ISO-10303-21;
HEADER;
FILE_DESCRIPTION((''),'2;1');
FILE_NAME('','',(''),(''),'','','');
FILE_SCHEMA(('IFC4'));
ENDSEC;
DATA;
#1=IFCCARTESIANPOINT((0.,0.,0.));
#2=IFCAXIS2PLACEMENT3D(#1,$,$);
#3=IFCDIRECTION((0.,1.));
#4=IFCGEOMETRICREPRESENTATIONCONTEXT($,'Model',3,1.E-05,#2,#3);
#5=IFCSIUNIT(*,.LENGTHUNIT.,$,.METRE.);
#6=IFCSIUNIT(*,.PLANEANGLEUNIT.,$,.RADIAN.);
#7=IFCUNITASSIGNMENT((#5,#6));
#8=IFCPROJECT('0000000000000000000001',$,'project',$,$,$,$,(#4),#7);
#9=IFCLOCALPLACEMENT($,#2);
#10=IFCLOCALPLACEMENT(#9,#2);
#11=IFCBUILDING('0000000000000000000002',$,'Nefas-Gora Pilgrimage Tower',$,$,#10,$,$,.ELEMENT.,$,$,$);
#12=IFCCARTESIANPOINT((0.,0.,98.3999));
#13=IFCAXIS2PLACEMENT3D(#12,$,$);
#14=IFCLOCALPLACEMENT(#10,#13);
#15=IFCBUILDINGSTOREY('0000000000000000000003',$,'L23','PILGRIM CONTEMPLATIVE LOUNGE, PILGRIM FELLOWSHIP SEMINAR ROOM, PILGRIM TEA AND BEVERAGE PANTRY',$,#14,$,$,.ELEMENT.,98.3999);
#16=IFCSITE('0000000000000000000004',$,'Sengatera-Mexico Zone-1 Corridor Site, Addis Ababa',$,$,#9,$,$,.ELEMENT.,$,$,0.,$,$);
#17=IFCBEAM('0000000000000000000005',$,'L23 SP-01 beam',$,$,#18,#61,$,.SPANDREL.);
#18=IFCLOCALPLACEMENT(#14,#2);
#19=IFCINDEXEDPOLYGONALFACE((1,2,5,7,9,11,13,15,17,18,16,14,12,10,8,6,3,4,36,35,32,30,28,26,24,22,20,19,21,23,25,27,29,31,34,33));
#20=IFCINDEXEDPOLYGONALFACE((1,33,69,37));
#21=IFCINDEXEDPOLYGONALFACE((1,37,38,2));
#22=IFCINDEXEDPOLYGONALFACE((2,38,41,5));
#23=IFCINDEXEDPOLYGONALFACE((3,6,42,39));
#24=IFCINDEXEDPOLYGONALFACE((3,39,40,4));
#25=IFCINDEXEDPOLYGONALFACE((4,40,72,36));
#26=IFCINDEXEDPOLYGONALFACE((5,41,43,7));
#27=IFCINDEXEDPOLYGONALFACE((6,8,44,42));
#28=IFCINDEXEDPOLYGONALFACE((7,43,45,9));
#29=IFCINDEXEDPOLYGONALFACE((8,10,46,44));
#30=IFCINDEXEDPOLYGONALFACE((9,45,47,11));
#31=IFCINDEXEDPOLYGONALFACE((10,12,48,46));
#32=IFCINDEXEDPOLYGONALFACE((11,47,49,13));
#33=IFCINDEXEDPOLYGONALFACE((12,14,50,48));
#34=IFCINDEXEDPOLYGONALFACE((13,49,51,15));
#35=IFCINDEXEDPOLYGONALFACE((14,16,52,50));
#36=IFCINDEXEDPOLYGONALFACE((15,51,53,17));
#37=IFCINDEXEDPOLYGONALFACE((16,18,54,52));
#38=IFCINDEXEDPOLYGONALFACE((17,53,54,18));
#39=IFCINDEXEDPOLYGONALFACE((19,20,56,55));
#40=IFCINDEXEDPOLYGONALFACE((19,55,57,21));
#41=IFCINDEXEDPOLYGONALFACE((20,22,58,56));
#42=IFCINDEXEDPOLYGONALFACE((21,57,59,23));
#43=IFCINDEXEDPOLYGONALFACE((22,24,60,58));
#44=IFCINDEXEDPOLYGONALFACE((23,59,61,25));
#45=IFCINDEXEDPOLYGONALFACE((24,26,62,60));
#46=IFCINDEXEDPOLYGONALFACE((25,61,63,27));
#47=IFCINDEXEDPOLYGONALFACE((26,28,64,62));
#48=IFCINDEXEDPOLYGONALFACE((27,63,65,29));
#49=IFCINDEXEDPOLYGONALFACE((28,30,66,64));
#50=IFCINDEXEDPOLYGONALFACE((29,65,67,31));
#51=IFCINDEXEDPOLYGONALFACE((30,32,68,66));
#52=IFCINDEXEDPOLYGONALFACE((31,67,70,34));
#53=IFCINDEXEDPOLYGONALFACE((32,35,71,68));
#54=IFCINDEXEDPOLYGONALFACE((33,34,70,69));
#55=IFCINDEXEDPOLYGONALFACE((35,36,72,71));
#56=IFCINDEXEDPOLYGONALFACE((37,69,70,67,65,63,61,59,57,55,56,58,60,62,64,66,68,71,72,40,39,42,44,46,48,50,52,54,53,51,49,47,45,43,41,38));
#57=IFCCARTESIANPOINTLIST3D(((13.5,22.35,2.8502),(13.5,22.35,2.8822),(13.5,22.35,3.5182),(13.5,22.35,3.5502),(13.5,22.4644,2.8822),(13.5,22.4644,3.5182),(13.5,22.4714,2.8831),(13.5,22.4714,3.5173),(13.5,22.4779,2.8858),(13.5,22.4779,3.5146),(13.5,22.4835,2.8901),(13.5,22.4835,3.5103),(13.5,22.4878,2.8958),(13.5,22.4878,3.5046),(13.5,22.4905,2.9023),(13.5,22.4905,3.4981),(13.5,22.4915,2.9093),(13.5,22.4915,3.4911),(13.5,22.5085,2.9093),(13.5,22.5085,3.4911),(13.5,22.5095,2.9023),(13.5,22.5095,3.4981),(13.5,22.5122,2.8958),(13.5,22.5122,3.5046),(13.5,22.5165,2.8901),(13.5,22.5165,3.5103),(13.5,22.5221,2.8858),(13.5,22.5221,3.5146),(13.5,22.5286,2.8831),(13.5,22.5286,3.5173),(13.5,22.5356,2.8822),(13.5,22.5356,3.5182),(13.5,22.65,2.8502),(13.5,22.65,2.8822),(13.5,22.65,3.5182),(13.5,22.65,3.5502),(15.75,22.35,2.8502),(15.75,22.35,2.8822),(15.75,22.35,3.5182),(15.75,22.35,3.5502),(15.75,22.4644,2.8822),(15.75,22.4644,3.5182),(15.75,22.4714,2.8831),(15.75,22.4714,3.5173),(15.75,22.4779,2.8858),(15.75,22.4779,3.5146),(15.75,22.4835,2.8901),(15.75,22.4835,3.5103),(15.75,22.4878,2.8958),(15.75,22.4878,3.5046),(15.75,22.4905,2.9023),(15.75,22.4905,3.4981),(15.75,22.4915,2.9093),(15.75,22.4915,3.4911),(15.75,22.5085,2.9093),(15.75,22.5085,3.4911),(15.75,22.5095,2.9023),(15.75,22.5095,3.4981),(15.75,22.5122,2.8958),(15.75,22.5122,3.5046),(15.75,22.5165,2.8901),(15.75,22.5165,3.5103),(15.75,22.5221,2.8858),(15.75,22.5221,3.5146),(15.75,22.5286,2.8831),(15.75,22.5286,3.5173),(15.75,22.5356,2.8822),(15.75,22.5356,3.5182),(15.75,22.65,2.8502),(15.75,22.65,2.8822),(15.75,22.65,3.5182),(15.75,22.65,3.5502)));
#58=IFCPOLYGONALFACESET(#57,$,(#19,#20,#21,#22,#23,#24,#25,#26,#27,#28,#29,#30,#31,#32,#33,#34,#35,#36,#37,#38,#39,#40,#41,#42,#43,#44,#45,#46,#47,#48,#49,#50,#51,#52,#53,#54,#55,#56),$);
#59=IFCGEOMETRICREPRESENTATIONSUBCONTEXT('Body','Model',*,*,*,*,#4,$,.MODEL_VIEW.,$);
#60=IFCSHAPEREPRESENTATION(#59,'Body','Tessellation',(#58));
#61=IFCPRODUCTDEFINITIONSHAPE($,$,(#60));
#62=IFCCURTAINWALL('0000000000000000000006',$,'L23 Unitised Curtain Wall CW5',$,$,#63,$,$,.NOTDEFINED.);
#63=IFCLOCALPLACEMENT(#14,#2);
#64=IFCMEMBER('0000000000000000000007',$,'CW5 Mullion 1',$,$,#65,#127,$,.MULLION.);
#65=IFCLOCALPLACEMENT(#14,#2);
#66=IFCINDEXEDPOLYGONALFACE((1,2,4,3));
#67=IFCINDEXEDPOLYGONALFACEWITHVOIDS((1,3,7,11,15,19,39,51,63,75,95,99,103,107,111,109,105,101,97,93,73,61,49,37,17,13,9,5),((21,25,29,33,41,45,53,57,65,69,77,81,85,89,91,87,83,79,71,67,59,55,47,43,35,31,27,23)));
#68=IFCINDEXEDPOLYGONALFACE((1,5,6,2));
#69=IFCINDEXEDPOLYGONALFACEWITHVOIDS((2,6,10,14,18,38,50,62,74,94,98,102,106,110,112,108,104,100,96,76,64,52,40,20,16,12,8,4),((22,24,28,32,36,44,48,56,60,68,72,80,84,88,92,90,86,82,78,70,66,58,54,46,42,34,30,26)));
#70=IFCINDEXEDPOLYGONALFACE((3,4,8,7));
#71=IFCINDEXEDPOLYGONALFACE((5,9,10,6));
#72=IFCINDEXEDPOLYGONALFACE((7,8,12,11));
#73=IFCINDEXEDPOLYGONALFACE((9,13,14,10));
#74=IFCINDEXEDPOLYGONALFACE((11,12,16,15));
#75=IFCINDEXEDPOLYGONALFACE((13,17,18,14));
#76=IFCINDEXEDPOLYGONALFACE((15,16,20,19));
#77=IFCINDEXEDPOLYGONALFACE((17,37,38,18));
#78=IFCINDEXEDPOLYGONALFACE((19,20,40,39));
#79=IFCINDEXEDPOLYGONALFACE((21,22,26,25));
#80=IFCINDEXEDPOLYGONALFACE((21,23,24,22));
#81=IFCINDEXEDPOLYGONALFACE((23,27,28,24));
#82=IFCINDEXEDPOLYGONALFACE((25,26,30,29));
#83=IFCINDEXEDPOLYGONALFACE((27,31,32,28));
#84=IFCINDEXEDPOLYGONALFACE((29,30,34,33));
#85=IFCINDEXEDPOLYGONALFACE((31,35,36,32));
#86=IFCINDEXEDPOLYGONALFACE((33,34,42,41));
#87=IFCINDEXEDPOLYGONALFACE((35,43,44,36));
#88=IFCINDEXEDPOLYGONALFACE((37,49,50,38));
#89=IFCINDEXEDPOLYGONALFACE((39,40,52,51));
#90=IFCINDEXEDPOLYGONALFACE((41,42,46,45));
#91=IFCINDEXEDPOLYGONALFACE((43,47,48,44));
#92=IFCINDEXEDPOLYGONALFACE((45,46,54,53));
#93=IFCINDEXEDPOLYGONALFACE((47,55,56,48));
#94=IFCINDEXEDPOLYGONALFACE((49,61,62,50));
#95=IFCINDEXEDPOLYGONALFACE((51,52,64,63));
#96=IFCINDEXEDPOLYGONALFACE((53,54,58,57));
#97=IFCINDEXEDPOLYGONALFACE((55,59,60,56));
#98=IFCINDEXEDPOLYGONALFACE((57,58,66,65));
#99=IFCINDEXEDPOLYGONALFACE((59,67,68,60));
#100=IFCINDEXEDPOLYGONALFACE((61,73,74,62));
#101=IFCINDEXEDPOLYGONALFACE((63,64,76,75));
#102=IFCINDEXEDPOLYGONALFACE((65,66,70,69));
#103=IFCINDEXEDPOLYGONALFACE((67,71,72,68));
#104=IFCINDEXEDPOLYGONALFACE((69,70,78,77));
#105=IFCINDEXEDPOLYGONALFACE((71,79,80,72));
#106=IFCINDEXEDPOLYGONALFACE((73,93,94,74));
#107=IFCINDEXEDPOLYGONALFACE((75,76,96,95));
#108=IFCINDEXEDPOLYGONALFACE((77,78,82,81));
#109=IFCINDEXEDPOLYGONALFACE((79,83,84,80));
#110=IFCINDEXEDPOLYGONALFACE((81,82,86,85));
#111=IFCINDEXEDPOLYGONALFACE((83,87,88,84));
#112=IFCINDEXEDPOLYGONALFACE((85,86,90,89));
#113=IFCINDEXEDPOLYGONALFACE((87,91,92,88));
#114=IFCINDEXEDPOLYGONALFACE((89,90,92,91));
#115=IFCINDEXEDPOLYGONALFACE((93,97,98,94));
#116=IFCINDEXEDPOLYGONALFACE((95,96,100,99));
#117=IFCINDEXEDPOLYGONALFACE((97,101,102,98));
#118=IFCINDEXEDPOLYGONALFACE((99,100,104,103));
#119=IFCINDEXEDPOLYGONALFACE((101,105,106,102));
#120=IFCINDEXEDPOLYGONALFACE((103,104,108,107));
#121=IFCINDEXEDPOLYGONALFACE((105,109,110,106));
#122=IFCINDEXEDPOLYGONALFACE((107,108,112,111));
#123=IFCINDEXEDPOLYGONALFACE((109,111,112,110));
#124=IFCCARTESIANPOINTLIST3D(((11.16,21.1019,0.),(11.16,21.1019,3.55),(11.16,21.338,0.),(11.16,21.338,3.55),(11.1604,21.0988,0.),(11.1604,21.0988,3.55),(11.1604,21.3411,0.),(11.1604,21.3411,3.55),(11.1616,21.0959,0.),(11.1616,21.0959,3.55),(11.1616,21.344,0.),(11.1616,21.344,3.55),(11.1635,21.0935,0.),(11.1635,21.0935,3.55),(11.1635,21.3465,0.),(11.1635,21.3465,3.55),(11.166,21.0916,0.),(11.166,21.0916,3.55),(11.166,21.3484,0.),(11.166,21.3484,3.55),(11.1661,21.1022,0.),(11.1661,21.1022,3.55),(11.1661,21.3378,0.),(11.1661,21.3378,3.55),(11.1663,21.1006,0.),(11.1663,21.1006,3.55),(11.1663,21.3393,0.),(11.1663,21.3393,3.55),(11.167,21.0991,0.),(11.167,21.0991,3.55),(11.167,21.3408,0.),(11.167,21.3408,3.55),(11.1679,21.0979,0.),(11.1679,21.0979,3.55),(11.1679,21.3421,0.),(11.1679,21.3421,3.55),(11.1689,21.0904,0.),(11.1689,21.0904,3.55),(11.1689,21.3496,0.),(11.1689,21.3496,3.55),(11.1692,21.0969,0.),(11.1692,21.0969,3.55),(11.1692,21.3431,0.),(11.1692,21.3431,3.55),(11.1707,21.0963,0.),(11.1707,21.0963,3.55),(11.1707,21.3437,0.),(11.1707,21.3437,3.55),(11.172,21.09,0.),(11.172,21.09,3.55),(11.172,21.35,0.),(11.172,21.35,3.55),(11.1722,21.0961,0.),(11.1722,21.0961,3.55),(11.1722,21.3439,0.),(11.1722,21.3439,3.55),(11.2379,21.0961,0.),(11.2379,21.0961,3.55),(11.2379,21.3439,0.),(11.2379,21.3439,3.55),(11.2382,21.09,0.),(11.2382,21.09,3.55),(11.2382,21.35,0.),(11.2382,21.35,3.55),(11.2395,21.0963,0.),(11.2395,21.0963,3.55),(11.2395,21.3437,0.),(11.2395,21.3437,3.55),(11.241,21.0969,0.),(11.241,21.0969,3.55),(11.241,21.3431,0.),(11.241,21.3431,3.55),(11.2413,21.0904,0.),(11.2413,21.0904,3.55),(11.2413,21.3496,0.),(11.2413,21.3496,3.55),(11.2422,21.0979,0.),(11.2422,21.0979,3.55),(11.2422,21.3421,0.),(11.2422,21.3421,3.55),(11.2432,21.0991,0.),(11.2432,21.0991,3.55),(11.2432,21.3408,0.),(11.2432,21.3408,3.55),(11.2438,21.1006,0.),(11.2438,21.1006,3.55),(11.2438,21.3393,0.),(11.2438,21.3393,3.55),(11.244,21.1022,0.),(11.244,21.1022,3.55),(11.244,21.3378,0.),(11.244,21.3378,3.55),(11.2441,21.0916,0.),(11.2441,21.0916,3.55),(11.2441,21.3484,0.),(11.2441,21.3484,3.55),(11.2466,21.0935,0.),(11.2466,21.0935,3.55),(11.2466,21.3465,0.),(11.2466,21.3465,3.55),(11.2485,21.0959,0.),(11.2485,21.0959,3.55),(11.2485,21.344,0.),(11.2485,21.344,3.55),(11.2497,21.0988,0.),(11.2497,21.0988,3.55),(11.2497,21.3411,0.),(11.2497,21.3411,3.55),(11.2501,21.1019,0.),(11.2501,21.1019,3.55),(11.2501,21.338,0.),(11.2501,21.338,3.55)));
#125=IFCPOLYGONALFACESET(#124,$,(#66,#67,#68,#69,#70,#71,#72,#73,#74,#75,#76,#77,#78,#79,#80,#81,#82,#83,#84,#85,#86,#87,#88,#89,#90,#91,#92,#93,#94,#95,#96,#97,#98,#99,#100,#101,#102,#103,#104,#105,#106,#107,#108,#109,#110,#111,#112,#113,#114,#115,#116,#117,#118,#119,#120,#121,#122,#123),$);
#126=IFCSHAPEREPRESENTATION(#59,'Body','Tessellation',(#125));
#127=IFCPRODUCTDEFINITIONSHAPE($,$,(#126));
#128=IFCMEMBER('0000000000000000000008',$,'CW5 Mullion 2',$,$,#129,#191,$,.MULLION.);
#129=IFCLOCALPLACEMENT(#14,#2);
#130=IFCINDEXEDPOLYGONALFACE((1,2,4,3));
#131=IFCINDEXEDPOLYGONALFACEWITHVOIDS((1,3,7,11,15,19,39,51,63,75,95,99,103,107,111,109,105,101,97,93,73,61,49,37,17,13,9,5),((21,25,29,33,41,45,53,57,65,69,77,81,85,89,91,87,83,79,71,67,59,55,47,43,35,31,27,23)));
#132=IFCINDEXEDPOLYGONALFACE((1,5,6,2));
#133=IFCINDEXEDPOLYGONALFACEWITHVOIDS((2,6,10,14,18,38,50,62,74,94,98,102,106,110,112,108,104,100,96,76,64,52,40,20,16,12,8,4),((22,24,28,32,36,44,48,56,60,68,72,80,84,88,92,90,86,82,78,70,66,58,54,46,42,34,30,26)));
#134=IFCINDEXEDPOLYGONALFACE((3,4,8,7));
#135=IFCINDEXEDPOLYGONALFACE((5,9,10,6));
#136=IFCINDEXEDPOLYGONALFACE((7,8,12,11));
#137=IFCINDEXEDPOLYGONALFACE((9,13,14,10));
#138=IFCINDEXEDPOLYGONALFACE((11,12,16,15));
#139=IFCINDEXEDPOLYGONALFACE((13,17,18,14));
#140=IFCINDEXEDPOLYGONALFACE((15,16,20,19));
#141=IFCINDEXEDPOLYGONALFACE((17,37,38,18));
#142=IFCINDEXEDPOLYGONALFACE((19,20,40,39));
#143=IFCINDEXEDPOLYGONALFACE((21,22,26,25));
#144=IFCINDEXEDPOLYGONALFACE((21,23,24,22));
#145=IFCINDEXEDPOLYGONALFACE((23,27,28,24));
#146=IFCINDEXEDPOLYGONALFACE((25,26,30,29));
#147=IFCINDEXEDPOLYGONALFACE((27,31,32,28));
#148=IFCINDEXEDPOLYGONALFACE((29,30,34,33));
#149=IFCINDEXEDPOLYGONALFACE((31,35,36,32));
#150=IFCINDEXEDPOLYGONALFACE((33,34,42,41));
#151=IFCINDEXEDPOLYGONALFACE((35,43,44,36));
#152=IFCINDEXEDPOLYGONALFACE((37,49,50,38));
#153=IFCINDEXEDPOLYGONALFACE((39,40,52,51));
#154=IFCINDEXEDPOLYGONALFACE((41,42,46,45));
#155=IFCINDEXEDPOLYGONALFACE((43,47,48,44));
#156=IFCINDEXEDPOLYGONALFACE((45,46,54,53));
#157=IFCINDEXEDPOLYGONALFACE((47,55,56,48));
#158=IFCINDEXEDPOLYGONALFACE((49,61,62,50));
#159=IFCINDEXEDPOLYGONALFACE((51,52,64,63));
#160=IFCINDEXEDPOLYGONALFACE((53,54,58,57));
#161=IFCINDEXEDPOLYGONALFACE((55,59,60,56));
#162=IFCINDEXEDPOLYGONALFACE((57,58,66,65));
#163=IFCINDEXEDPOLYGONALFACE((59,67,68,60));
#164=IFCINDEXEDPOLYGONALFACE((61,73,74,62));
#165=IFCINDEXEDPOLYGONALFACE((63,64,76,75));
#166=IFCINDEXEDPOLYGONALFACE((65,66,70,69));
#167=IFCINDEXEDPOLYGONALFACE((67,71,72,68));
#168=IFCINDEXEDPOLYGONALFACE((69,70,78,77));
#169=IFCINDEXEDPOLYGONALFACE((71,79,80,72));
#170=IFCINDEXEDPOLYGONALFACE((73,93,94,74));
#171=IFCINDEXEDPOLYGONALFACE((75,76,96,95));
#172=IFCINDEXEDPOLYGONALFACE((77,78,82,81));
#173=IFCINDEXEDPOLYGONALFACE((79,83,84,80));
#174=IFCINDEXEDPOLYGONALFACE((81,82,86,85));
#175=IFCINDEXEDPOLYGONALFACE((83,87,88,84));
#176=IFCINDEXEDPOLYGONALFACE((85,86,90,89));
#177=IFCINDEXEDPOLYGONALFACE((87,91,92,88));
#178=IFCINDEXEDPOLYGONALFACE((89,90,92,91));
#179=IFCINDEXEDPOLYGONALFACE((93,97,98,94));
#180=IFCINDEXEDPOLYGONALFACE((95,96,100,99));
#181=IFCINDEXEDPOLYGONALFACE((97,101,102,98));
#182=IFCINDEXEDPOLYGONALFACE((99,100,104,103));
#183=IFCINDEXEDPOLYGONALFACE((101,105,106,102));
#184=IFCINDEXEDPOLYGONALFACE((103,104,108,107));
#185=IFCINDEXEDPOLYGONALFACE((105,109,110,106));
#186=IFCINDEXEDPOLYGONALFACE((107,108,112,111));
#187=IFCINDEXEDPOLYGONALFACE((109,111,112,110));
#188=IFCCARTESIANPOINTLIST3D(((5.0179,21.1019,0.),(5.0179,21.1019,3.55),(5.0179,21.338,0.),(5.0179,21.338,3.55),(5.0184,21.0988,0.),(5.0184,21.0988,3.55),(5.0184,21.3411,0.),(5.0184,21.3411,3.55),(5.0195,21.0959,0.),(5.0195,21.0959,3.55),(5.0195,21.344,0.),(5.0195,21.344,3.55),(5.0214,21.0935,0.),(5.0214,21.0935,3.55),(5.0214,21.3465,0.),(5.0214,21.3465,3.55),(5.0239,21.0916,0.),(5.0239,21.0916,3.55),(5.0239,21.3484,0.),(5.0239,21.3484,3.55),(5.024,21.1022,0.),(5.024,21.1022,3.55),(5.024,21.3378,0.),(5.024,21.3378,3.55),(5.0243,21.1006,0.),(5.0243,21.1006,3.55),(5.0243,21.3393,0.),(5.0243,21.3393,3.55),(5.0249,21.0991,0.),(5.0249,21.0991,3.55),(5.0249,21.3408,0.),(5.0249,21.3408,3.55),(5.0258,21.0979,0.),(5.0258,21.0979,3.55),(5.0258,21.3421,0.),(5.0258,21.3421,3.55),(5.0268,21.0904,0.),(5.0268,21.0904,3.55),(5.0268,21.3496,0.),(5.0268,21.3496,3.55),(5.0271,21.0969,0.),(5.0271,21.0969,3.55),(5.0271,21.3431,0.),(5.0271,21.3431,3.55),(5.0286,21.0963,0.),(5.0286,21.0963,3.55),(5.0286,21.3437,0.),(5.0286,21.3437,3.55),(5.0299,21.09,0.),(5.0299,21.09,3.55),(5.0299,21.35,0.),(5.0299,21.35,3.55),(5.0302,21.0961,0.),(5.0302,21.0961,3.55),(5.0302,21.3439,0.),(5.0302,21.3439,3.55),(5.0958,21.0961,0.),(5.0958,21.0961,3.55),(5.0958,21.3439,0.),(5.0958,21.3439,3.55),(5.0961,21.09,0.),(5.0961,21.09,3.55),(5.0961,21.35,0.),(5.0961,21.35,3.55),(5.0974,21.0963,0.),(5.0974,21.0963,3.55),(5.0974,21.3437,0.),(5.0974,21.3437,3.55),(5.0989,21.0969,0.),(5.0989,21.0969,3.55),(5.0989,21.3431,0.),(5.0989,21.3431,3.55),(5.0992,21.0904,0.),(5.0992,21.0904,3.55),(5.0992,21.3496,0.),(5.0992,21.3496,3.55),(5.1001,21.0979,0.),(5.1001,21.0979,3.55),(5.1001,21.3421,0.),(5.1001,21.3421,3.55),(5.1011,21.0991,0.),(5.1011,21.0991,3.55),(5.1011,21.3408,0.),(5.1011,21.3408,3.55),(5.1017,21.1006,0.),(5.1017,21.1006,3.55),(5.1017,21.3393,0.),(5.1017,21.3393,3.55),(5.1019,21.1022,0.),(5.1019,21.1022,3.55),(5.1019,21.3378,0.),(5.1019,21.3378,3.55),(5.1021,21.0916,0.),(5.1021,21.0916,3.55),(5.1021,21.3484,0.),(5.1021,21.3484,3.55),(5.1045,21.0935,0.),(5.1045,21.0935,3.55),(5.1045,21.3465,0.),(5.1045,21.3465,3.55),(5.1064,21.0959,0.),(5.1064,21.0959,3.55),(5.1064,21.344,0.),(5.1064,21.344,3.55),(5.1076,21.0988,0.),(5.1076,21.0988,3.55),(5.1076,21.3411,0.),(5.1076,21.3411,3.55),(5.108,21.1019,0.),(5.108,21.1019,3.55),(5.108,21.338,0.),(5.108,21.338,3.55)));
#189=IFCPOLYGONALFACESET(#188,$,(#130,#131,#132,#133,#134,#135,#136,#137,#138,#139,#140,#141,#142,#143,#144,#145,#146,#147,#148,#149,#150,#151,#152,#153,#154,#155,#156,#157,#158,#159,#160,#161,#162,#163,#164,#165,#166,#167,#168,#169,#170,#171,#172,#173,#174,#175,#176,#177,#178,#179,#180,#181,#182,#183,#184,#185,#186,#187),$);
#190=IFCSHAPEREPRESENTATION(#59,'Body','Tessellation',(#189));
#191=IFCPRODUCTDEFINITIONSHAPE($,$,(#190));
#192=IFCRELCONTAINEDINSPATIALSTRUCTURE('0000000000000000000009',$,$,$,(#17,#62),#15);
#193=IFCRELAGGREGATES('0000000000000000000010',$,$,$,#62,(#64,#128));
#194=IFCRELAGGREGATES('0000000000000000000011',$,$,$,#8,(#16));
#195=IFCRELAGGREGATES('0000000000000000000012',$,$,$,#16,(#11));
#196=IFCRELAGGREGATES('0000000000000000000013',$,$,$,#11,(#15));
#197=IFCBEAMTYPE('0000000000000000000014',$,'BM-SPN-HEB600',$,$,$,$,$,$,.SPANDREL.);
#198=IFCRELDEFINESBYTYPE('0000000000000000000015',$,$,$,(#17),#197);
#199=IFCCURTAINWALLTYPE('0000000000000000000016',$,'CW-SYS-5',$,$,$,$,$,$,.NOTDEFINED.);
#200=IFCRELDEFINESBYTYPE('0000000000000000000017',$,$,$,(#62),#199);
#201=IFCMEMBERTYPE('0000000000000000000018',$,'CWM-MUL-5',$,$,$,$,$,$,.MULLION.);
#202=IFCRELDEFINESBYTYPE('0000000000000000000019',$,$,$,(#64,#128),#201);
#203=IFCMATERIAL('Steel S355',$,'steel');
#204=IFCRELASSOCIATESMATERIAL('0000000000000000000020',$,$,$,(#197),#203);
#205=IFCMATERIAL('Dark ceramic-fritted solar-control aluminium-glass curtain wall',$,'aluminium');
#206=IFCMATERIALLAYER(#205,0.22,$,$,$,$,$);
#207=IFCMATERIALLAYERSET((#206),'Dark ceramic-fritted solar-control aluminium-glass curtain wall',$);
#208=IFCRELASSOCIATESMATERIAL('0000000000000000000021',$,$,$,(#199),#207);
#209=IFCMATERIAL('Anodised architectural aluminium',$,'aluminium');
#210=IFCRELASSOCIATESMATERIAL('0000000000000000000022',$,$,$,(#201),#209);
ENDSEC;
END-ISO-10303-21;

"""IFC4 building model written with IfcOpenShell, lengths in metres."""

from ifc_helpers import new_model, si_unit, direction, frame, origin, origin_2d, place, context, subcontext, project, spatial, hollow_rectangle, i_section, extrude, source, transform, mapped, material, layer, layer_set, material_profile, profile_set, type_object, element, aggregate, save


model = new_model("IFC4")

# Units and contexts
model_context = context("Model", 3, precision=1e-05, world=origin(), true_north=direction((0.0, 1.0)))
body_context = subcontext(model_context, "Body", "Model", "MODEL_VIEW")
ifc_project = project(units=[si_unit("LENGTHUNIT", "METRE"), si_unit("PLANEANGLEUNIT", "RADIAN")], contexts=[model_context])

# Site, building, storey
site_placement = place(None, origin())
site = spatial("IfcSite", under=ifc_project, at=site_placement, Name="Sengatera-Mexico Zone-1 Corridor Site, Addis Ababa", CompositionType="ELEMENT", RefElevation=0.0)
building_placement = place(site_placement, origin())
building = spatial("IfcBuilding", under=site, at=building_placement, Name="Nefas-Gora Pilgrimage Tower", CompositionType="ELEMENT")
storey_placement = place(building_placement, frame((0.0, 0.0, 98.3999)))
storey = spatial("IfcBuildingStorey", under=building, at=storey_placement, Name="L23", Description="PILGRIM CONTEMPLATIVE LOUNGE, PILGRIM FELLOWSHIP SEMINAR ROOM, PILGRIM TEA AND BEVERAGE PANTRY", CompositionType="ELEMENT", Elevation=98.3999)

# Beam
ifc_material_1 = material(Name="Steel S355", Category="steel")
ifc_material_profile_1 = material_profile(ifc_material_1, i_section(OverallWidth=0.3, OverallDepth=0.7, WebThickness=0.0171, FlangeThickness=0.032, FilletRadius=0.0271, at=origin_2d()), Name="HEB 700")
ifc_profile_set_1 = profile_set([ifc_material_profile_1], Name="Steel S355")
beam_type_1 = type_object("IfcBeamType", Name="BM-SPN-HEB600", PredefinedType="SPANDREL", material=ifc_profile_set_1)
shared_shape_1 = source(origin(), body_context, "Body", "SweptSolid", [
    extrude(i_section(OverallWidth=0.3, OverallDepth=0.7, WebThickness=0.0171, FlangeThickness=0.032, FilletRadius=0.0271, at=origin_2d()), origin(), (0.0, 0.0, 1.0), 2.25),
])
beam_1_placement = place(storey_placement, frame((13.5, 22.5, 3.2002), z_axis=(1.0, 0.0, 0.0), x_axis=(0.0, 1.0, 0.0)))
element("IfcBeam", 1, at=beam_1_placement, inside=storey, type_object=beam_type_1, Name="L23 SP-01 beam", PredefinedType="SPANDREL", context=body_context, shape_type="MappedRepresentation", body=[
    mapped(shared_shape_1, transform((0.0, 0.0, 0.0), x_axis=(1.0, 0.0, 0.0), y_axis=(0.0, 1.0, 0.0), z_axis=(0.0, 0.0, 1.0), scale=1.0)),
])

# Curtain wall, members
ifc_material_2 = material(Name="Dark ceramic-fritted solar-control aluminium-glass curtain wall", Category="aluminium")
ifc_layer_1 = layer(ifc_material_2, 0.22)
ifc_layer_set_1 = layer_set([ifc_layer_1], Name="Dark ceramic-fritted solar-control aluminium-glass curtain wall")
curtain_wall_type_1 = type_object("IfcCurtainWallType", Name="CW-SYS-5", PredefinedType="NOTDEFINED", material=ifc_layer_set_1)
curtain_wall_1_placement = place(storey_placement, origin())
curtain_wall_1 = element("IfcCurtainWall", 2, at=curtain_wall_1_placement, inside=storey, type_object=curtain_wall_type_1, Name="L23 Unitised Curtain Wall CW5", PredefinedType="NOTDEFINED")
ifc_material_3 = material(Name="Anodised architectural aluminium", Category="aluminium")
ifc_material_profile_2 = material_profile(ifc_material_3, hollow_rectangle(XDim=0.0901, YDim=0.26, WallThickness=0.0061, InnerFilletRadius=0.0061, OuterFilletRadius=0.012, at=origin_2d()), Name="ALU MULLION 90x260")
ifc_profile_set_2 = profile_set([ifc_material_profile_2], Name="Anodised architectural aluminium")
member_type_1 = type_object("IfcMemberType", Name="CWM-MUL-5", PredefinedType="MULLION", material=ifc_profile_set_2)
shared_shape_2 = source(origin(), body_context, "Body", "SweptSolid", [
    extrude(hollow_rectangle(XDim=0.0901, YDim=0.26, WallThickness=0.0061, InnerFilletRadius=0.0061, OuterFilletRadius=0.012, at=origin_2d()), origin(), (0.0, 0.0, 1.0), 3.55),
])
member_1_placement = place(storey_placement, frame((11.2051, 21.22, 0.0), z_axis=(0.0, 0.0, 1.0), x_axis=(-1.0, 0.0, 0.0)))
member_1 = element("IfcMember", 3, at=member_1_placement, type_object=member_type_1, Name="CW5 Mullion 1", PredefinedType="MULLION", context=body_context, shape_type="MappedRepresentation", body=[
    mapped(shared_shape_2, transform((0.0, 0.0, 0.0), x_axis=(1.0, 0.0, 0.0), y_axis=(0.0, 1.0, 0.0), z_axis=(0.0, 0.0, 1.0), scale=1.0)),
])
member_2_placement = place(storey_placement, frame((5.063, 21.22, 0.0), z_axis=(0.0, 0.0, 1.0), x_axis=(-1.0, 0.0, 0.0)))
member_2 = element("IfcMember", 4, at=member_2_placement, type_object=member_type_1, Name="CW5 Mullion 2", PredefinedType="MULLION", context=body_context, shape_type="MappedRepresentation", body=[
    mapped(shared_shape_2, transform((0.0, 0.0, 0.0), x_axis=(1.0, 0.0, 0.0), y_axis=(0.0, 1.0, 0.0), z_axis=(0.0, 0.0, 1.0), scale=1.0)),
])

aggregate(curtain_wall_1, [member_1, member_2])

save(model, "model.ifc")
